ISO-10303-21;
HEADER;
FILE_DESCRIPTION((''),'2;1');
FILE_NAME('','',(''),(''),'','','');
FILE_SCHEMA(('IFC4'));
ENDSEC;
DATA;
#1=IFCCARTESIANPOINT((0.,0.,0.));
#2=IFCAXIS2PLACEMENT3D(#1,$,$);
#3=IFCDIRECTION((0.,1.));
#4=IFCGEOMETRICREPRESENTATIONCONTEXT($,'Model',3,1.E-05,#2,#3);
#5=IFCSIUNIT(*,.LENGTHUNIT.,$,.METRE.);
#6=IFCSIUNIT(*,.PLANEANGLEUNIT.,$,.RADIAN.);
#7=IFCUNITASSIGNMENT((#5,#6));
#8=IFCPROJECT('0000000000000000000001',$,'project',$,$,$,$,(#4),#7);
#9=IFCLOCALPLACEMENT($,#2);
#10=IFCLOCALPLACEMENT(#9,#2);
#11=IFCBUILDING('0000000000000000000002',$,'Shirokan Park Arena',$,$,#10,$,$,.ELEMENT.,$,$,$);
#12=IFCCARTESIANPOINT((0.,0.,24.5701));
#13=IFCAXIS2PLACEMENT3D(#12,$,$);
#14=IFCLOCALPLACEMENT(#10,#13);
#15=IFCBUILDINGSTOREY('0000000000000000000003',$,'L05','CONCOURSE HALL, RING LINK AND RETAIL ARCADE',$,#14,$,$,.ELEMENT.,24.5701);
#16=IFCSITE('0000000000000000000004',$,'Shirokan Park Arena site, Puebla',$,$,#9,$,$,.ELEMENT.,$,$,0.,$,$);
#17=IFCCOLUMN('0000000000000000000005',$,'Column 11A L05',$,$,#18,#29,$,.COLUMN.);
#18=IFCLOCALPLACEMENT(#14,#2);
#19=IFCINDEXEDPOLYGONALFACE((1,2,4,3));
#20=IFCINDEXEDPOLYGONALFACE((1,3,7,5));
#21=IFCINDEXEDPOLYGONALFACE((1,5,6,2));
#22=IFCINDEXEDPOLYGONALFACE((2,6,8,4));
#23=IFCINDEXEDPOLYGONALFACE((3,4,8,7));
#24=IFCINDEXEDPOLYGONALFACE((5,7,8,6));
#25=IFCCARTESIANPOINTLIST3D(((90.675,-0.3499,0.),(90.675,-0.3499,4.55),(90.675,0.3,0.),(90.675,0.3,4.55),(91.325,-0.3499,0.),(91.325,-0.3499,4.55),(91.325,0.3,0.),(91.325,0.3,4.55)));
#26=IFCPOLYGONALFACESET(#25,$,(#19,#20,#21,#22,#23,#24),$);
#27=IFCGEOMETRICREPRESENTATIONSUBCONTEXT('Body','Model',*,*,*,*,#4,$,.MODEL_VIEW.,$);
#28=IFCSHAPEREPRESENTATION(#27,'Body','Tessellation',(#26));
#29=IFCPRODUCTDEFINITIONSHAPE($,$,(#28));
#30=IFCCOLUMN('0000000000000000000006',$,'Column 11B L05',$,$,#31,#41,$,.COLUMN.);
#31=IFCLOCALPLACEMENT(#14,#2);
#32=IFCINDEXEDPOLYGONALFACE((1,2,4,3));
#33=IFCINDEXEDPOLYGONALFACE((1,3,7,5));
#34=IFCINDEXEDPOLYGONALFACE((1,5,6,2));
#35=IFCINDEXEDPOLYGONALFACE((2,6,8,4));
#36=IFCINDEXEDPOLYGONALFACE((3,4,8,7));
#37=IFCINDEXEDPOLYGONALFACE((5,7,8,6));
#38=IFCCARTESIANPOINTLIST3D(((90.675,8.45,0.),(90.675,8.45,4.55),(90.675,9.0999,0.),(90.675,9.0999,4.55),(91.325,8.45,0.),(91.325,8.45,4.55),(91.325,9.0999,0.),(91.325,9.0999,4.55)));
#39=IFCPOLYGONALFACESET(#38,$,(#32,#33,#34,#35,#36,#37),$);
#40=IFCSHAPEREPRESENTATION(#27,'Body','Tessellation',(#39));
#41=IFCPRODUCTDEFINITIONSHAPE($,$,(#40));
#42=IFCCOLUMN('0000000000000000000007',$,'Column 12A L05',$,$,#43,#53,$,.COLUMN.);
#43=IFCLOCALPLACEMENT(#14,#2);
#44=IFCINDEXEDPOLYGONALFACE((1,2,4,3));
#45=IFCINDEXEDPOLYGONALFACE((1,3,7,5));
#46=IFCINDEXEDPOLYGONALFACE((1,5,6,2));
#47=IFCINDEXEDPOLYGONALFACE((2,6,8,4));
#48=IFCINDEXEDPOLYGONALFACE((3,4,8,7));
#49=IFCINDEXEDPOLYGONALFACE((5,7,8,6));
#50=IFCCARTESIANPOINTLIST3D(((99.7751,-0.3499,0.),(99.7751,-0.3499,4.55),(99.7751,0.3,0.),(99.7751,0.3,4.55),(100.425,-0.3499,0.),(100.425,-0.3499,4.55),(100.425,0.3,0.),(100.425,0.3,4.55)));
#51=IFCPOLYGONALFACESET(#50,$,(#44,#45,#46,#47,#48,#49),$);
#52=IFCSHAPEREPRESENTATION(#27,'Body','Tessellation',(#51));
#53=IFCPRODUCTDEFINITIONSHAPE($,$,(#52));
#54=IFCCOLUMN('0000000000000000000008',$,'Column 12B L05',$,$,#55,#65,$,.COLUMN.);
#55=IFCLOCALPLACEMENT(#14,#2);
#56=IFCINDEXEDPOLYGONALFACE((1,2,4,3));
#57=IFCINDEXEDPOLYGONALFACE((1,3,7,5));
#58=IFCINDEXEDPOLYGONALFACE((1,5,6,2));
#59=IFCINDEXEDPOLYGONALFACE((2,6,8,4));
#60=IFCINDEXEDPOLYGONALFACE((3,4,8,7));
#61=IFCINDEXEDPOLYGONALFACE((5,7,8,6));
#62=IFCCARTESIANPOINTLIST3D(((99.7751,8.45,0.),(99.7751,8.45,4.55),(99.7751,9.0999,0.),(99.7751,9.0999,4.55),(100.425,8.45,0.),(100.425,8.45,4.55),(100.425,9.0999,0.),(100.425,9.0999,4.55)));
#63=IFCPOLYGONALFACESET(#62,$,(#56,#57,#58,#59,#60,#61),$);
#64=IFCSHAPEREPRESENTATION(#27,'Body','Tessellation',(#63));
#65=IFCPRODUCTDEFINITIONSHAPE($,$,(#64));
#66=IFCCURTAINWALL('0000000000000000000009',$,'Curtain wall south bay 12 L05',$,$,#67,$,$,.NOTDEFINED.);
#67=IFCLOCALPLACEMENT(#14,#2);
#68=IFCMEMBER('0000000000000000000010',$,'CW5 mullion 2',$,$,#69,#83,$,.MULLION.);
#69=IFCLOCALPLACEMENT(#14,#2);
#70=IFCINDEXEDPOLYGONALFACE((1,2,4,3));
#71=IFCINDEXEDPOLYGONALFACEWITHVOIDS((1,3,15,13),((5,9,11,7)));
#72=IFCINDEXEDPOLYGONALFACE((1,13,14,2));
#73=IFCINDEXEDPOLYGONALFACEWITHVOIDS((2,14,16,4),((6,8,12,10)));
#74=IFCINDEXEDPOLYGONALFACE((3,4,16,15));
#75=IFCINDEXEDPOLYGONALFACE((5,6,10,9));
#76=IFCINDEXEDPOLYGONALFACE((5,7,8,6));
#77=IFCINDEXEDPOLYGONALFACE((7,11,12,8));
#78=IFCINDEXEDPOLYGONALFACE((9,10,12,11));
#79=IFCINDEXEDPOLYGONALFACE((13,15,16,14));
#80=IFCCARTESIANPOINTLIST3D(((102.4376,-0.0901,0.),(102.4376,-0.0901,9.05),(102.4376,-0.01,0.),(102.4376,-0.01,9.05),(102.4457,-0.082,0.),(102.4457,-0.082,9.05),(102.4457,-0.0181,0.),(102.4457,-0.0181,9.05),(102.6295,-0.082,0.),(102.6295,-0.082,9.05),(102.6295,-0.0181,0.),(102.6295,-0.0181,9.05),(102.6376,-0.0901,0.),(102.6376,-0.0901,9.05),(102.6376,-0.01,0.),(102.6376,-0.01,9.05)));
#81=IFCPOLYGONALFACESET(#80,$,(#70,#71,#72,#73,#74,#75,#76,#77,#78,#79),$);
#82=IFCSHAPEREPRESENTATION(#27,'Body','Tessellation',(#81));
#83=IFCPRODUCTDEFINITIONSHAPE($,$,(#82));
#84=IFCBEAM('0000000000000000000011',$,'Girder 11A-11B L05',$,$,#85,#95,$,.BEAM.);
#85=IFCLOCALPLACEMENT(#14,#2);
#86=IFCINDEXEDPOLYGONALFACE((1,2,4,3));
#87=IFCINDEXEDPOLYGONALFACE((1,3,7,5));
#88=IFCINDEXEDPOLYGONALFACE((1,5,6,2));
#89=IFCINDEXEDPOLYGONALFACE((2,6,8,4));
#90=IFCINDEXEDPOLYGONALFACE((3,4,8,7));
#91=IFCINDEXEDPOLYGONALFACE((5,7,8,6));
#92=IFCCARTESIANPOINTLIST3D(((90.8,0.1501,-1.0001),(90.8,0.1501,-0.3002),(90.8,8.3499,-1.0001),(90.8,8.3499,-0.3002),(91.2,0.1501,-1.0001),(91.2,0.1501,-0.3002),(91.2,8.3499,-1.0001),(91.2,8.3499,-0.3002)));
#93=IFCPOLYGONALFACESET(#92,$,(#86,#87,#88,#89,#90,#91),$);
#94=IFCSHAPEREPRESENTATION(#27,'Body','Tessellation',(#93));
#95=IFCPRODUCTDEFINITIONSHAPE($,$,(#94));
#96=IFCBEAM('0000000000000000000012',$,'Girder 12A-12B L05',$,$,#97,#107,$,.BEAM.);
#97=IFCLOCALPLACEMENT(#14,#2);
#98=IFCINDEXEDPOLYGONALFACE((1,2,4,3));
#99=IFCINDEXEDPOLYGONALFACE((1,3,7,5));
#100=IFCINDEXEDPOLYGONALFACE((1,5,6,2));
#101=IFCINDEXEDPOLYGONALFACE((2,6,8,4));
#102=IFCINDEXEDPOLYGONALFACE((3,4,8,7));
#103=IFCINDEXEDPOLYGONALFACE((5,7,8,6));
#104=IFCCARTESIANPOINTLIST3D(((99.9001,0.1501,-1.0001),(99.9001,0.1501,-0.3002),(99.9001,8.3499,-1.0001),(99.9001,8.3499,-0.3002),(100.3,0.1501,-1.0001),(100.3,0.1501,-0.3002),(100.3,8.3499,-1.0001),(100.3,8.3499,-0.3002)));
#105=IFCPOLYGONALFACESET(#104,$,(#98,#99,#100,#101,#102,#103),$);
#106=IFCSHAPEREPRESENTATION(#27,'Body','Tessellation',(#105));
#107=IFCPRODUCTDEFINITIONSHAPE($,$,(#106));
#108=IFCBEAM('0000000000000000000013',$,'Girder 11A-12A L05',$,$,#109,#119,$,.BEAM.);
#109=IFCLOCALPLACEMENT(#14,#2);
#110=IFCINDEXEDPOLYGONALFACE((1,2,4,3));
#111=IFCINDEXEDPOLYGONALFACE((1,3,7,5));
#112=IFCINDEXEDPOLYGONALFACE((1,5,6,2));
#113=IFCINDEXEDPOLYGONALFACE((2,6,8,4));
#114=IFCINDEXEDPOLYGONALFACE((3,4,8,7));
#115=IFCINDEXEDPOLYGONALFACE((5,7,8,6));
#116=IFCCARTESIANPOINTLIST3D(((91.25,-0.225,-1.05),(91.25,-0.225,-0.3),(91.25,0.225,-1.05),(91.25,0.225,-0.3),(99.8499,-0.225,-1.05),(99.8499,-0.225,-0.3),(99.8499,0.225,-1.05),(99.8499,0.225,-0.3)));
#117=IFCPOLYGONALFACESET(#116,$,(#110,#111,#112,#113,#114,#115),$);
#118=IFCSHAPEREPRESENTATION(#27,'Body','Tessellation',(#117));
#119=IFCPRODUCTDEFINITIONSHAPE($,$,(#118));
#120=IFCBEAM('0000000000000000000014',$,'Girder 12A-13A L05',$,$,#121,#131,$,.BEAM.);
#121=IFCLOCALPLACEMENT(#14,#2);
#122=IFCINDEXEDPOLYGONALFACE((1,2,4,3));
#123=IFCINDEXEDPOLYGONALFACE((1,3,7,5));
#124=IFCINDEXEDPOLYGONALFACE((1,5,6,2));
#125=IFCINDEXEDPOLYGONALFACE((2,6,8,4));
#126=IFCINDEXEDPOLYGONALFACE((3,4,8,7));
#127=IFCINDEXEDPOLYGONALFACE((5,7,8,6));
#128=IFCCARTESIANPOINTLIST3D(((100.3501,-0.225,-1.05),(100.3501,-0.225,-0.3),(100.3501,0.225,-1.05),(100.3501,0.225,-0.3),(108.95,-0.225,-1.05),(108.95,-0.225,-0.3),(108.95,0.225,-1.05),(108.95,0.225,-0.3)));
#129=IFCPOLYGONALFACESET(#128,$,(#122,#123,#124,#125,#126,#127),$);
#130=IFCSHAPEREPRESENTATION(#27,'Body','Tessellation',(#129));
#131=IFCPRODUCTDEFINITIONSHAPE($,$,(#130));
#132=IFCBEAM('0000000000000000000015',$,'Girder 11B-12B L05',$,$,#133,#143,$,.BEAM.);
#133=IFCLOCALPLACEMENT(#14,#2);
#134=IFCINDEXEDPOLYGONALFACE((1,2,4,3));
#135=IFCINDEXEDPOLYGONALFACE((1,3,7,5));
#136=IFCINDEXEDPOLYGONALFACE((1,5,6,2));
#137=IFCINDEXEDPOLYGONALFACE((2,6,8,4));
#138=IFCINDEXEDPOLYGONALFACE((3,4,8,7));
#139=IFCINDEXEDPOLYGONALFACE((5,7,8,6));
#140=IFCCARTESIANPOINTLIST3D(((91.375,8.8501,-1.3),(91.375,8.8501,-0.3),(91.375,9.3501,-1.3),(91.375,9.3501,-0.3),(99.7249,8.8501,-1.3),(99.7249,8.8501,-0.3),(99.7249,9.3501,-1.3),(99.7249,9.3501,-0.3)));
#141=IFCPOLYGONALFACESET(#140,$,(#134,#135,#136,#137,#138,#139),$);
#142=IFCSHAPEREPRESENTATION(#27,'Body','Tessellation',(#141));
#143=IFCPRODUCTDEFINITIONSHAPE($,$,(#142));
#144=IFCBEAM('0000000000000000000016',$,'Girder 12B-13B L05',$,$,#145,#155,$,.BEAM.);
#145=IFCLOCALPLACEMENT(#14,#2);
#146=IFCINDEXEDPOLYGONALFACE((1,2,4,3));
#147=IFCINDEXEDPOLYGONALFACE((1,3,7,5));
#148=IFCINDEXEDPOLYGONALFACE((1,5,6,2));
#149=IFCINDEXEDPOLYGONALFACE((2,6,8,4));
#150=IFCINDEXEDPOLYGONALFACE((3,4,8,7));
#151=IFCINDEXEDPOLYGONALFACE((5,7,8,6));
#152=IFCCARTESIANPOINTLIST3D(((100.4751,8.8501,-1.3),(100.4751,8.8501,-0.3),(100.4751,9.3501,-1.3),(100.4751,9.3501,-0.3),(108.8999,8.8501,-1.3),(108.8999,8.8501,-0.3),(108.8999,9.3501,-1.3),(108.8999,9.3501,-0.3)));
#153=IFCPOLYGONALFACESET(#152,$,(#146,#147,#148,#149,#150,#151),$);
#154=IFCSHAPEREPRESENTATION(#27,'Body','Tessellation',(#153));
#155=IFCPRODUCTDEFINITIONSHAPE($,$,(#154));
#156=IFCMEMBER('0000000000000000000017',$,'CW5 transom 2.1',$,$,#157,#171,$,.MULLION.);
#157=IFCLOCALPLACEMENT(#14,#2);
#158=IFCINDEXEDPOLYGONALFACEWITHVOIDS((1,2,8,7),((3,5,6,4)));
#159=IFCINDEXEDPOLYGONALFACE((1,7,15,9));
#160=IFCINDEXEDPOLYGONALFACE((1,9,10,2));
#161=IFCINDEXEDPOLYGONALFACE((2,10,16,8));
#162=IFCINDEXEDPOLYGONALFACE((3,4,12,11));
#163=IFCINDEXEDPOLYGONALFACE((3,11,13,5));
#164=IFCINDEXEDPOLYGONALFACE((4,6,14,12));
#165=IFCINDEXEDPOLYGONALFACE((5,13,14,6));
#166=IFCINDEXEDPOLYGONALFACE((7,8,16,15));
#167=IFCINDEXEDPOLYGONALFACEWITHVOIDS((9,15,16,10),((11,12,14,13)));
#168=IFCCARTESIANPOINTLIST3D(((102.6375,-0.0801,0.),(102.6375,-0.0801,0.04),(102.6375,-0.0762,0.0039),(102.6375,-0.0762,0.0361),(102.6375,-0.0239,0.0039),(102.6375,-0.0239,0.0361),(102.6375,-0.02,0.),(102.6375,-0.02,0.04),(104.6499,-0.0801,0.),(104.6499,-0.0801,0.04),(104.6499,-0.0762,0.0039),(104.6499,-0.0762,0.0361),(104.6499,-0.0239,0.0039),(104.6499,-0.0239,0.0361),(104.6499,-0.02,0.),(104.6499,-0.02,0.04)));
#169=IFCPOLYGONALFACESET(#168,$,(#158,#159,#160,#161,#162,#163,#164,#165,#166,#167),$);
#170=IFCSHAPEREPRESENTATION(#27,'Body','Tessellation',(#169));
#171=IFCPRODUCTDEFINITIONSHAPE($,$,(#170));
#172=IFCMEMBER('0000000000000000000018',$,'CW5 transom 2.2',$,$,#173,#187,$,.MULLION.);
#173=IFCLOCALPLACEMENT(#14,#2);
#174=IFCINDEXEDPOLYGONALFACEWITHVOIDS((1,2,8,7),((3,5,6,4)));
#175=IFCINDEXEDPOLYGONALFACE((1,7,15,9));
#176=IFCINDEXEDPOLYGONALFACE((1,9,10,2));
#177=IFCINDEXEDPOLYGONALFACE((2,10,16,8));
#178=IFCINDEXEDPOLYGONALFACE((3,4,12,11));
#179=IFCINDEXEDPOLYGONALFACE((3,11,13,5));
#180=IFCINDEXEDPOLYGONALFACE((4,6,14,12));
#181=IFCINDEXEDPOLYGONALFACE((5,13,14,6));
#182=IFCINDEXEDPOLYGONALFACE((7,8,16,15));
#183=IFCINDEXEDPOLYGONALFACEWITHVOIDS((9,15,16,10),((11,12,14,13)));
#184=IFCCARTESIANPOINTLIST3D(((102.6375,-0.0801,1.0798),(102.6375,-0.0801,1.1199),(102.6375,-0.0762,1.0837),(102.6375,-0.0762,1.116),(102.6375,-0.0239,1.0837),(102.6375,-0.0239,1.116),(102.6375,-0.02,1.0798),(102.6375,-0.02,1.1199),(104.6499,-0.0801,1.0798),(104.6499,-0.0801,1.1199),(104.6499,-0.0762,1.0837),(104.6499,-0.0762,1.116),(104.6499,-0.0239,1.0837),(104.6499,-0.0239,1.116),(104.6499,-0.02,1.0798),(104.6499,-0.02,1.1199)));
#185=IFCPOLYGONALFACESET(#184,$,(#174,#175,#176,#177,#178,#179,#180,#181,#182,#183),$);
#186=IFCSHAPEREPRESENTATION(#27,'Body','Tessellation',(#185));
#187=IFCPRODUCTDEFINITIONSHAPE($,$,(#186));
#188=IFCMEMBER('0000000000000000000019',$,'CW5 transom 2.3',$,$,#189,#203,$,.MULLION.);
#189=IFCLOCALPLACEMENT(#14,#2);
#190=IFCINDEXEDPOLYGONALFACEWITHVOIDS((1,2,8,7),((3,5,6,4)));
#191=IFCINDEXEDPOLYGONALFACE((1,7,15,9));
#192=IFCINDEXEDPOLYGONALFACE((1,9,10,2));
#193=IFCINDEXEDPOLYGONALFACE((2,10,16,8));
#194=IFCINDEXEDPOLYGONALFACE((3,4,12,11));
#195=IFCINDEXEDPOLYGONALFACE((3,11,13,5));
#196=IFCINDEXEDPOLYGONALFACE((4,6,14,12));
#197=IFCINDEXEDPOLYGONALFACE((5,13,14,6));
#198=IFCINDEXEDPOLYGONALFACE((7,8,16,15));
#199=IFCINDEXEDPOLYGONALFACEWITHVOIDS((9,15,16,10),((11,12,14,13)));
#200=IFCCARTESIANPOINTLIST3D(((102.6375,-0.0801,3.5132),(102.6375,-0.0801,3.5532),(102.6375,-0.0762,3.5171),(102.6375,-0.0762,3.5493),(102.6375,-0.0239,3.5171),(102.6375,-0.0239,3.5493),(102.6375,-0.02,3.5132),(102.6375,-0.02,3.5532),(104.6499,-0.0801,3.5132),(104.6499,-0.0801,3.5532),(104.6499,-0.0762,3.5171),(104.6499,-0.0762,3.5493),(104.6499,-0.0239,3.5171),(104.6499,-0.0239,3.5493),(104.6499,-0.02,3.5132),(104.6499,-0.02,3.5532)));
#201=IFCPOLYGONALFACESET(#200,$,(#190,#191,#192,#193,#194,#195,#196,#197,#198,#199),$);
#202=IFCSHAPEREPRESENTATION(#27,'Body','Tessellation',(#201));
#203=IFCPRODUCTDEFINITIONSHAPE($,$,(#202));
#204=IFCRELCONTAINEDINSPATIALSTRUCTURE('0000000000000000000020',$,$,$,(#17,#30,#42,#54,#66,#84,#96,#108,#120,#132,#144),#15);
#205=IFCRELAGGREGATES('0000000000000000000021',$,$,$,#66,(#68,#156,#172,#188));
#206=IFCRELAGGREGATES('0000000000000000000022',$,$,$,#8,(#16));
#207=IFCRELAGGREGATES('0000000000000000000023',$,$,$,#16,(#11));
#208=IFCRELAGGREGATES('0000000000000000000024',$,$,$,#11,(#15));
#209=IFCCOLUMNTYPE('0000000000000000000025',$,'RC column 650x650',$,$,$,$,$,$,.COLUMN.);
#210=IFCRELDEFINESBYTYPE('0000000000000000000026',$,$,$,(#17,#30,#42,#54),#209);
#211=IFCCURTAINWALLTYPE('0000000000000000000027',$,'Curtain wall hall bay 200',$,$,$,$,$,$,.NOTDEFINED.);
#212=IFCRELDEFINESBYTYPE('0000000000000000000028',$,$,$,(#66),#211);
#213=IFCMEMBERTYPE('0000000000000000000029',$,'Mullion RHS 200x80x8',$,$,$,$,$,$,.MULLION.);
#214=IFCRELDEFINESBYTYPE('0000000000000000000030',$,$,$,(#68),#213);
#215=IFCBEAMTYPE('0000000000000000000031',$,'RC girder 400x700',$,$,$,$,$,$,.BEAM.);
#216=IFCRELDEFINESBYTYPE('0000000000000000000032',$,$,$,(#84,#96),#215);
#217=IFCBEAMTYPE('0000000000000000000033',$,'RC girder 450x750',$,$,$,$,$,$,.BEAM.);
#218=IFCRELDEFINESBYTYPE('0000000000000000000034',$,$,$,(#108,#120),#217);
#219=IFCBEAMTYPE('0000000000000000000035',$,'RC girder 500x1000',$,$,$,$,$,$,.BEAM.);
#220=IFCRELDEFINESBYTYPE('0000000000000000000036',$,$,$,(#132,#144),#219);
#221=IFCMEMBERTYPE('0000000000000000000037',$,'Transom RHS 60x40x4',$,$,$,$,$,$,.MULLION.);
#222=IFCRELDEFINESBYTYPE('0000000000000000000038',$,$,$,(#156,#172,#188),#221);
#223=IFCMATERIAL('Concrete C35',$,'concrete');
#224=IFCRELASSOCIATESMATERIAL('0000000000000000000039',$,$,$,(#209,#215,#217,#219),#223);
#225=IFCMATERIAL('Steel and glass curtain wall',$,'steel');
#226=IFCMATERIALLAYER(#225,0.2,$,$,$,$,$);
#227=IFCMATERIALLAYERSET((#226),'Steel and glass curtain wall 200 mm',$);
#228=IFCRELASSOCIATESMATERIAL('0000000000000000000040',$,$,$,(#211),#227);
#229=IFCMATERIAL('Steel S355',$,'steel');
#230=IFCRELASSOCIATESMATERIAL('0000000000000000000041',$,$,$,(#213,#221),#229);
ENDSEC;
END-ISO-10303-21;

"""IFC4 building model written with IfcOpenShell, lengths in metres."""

from ifc_helpers import new_model, si_unit, direction, frame, origin, origin_2d, place, context, subcontext, project, spatial, rectangle, hollow_rectangle, extrude, material, layer, layer_set, material_profile, profile_set, type_object, element, aggregate, save


model = new_model("IFC4")

# Units and contexts
model_context = context("Model", 3, precision=1e-05, world=origin(), true_north=direction((0.0, 1.0)))
body_context = subcontext(model_context, "Body", "Model", "MODEL_VIEW")
ifc_project = project(units=[si_unit("LENGTHUNIT", "METRE"), si_unit("PLANEANGLEUNIT", "RADIAN")], contexts=[model_context])

# Site, building, storey
site_placement = place(None, origin())
site = spatial("IfcSite", under=ifc_project, at=site_placement, Name="Shirokan Park Arena site, Puebla", CompositionType="ELEMENT", RefElevation=0.0)
building_placement = place(site_placement, origin())
building = spatial("IfcBuilding", under=site, at=building_placement, Name="Shirokan Park Arena", CompositionType="ELEMENT")
storey_placement = place(building_placement, frame((0.0, 0.0, 24.5701)))
storey = spatial("IfcBuildingStorey", under=building, at=storey_placement, Name="L05", Description="CONCOURSE HALL, RING LINK AND RETAIL ARCADE", CompositionType="ELEMENT", Elevation=24.5701)

# Columns
ifc_material_1 = material(Name="Concrete C35", Category="concrete")
ifc_material_profile_1 = material_profile(ifc_material_1, rectangle(XDim=0.6499, YDim=0.6499, at=origin_2d()), Name="650x650")
ifc_profile_set_1 = profile_set([ifc_material_profile_1], Name="Concrete C35")
column_type = type_object("IfcColumnType", Name="RC column 650x650", PredefinedType="COLUMN", material=ifc_profile_set_1)
for number, where, z_axis, x_axis, name in (
    (1, (91.0, -0.0249, 0.0), (0.0, 0.0, 1.0), (1.0, 0.0, 0.0), "Column 11A L05"),
    (2, (91.0, 8.7749, 0.0), (0.0, 0.0, 1.0), (1.0, 0.0, 0.0), "Column 11B L05"),
    (3, (100.1001, -0.0249, 0.0), (0.0, 0.0, 1.0), (1.0, 0.0, 0.0), "Column 12A L05"),
    (4, (100.1001, 8.7749, 0.0), (0.0, 0.0, 1.0), (1.0, 0.0, 0.0), "Column 12B L05"),
):
    element("IfcColumn", number, at=place(storey_placement, frame(where, z_axis=z_axis, x_axis=x_axis)), inside=storey, type_object=column_type, Name=name, PredefinedType="COLUMN", context=body_context, shape_type="SweptSolid", body=[
        extrude(rectangle(XDim=0.6499, YDim=0.6499, at=origin_2d()), origin(), (0.0, 0.0, 1.0), 4.55),
    ])

# Curtain wall, member
ifc_material_2 = material(Name="Steel and glass curtain wall", Category="steel")
ifc_layer_1 = layer(ifc_material_2, 0.2)
ifc_layer_set_1 = layer_set([ifc_layer_1], Name="Steel and glass curtain wall 200 mm")
curtain_wall_type = type_object("IfcCurtainWallType", Name="Curtain wall hall bay 200", PredefinedType="NOTDEFINED", material=ifc_layer_set_1)
curtain_wall_placement = place(storey_placement, origin())
curtain_wall = element("IfcCurtainWall", 5, at=curtain_wall_placement, inside=storey, type_object=curtain_wall_type, Name="Curtain wall south bay 12 L05", PredefinedType="NOTDEFINED")
ifc_material_3 = material(Name="Steel S355", Category="steel")
ifc_material_profile_2 = material_profile(ifc_material_3, hollow_rectangle(XDim=0.0801, YDim=0.2, WallThickness=0.0081, at=origin_2d()), Name="RHS 200x80x8")
ifc_profile_set_2 = profile_set([ifc_material_profile_2], Name="Steel S355")
member_type_1 = type_object("IfcMemberType", Name="Mullion RHS 200x80x8", PredefinedType="MULLION", material=ifc_profile_set_2)
member_1_placement = place(storey_placement, frame((102.5376, -0.05, 0.0), z_axis=(0.0, 0.0, 1.0), x_axis=(0.0, 1.0, 0.0)))
member_1 = element("IfcMember", 6, at=member_1_placement, type_object=member_type_1, Name="CW5 mullion 2", PredefinedType="MULLION", context=body_context, shape_type="SweptSolid", body=[
    extrude(hollow_rectangle(XDim=0.0801, YDim=0.2, WallThickness=0.0081, at=origin_2d()), origin(), (0.0, 0.0, 1.0), 9.05),
])

# Beams
ifc_material_profile_3 = material_profile(ifc_material_1, rectangle(XDim=0.3999, YDim=0.7, at=origin_2d()), Name="400x700")
ifc_profile_set_3 = profile_set([ifc_material_profile_3], Name="Concrete C35")
beam_type_1 = type_object("IfcBeamType", Name="RC girder 400x700", PredefinedType="BEAM", material=ifc_profile_set_3)
for number, where, z_axis, x_axis, name in (
    (7, (91.0, 0.1501, -0.6501), (0.0, 1.0, 0.0), (-1.0, 0.0, 0.0), "Girder 11A-11B L05"),
    (8, (100.1001, 0.1501, -0.6501), (0.0, 1.0, 0.0), (-1.0, 0.0, 0.0), "Girder 12A-12B L05"),
):
    element("IfcBeam", number, at=place(storey_placement, frame(where, z_axis=z_axis, x_axis=x_axis)), inside=storey, type_object=beam_type_1, Name=name, PredefinedType="BEAM", context=body_context, shape_type="SweptSolid", body=[
        extrude(rectangle(XDim=0.3999, YDim=0.7, at=origin_2d()), origin(), (0.0, 0.0, 1.0), 8.1997),
    ])
ifc_material_profile_4 = material_profile(ifc_material_1, rectangle(XDim=0.45, YDim=0.75, at=origin_2d()), Name="450x750")
ifc_profile_set_4 = profile_set([ifc_material_profile_4], Name="Concrete C35")
beam_type_2 = type_object("IfcBeamType", Name="RC girder 450x750", PredefinedType="BEAM", material=ifc_profile_set_4)
for number, where, z_axis, x_axis, name in (
    (9, (91.25, 0.0, -0.675), (1.0, 0.0, 0.0), (0.0, 1.0, 0.0), "Girder 11A-12A L05"),
    (10, (100.3501, 0.0, -0.675), (1.0, 0.0, 0.0), (0.0, 1.0, 0.0), "Girder 12A-13A L05"),
):
    element("IfcBeam", number, at=place(storey_placement, frame(where, z_axis=z_axis, x_axis=x_axis)), inside=storey, type_object=beam_type_2, Name=name, PredefinedType="BEAM", context=body_context, shape_type="SweptSolid", body=[
        extrude(rectangle(XDim=0.45, YDim=0.75, at=origin_2d()), origin(), (0.0, 0.0, 1.0), 8.5999),
    ])
ifc_material_profile_5 = material_profile(ifc_material_1, rectangle(XDim=0.5, YDim=1.0, at=origin_2d()), Name="500x1000")
ifc_profile_set_5 = profile_set([ifc_material_profile_5], Name="Concrete C35")
beam_type_3 = type_object("IfcBeamType", Name="RC girder 500x1000", PredefinedType="BEAM", material=ifc_profile_set_5)
beam_1_placement = place(storey_placement, frame((91.375, 9.1001, -0.8), z_axis=(1.0, 0.0, 0.0), x_axis=(0.0, 1.0, 0.0)))
element("IfcBeam", 11, at=beam_1_placement, inside=storey, type_object=beam_type_3, Name="Girder 11B-12B L05", PredefinedType="BEAM", context=body_context, shape_type="SweptSolid", body=[
    extrude(rectangle(XDim=0.5, YDim=1.0, at=origin_2d()), origin(), (0.0, 0.0, 1.0), 8.3499),
])
beam_2_placement = place(storey_placement, frame((100.4751, 9.1001, -0.8), z_axis=(1.0, 0.0, 0.0), x_axis=(0.0, 1.0, 0.0)))
element("IfcBeam", 12, at=beam_2_placement, inside=storey, type_object=beam_type_3, Name="Girder 12B-13B L05", PredefinedType="BEAM", context=body_context, shape_type="SweptSolid", body=[
    extrude(rectangle(XDim=0.5, YDim=1.0, at=origin_2d()), origin(), (0.0, 0.0, 1.0), 8.4248),
])

# Members
ifc_material_profile_6 = material_profile(ifc_material_3, hollow_rectangle(XDim=0.0601, YDim=0.04, WallThickness=0.0039, at=origin_2d()), Name="RHS 60x40x4")
ifc_profile_set_6 = profile_set([ifc_material_profile_6], Name="Steel S355")
member_type_2 = type_object("IfcMemberType", Name="Transom RHS 60x40x4", PredefinedType="MULLION", material=ifc_profile_set_6)
member_2_placement = place(storey_placement, frame((102.6375, -0.05, 0.02), z_axis=(1.0, 0.0, 0.0), x_axis=(0.0, 1.0, 0.0)))
member_2 = element("IfcMember", 13, at=member_2_placement, type_object=member_type_2, Name="CW5 transom 2.1", PredefinedType="MULLION", context=body_context, shape_type="SweptSolid", body=[
    extrude(hollow_rectangle(XDim=0.0601, YDim=0.04, WallThickness=0.0039, at=origin_2d()), origin(), (0.0, 0.0, 1.0), 2.0125),
])
member_3_placement = place(storey_placement, frame((102.6375, -0.05, 1.0999), z_axis=(1.0, 0.0, 0.0), x_axis=(0.0, 1.0, 0.0)))
member_3 = element("IfcMember", 14, at=member_3_placement, type_object=member_type_2, Name="CW5 transom 2.2", PredefinedType="MULLION", context=body_context, shape_type="SweptSolid", body=[
    extrude(hollow_rectangle(XDim=0.0601, YDim=0.04, WallThickness=0.0039, at=origin_2d()), origin(), (0.0, 0.0, 1.0), 2.0125),
])
member_4_placement = place(storey_placement, frame((102.6375, -0.05, 3.5332), z_axis=(1.0, 0.0, 0.0), x_axis=(0.0, 1.0, 0.0)))
member_4 = element("IfcMember", 15, at=member_4_placement, type_object=member_type_2, Name="CW5 transom 2.3", PredefinedType="MULLION", context=body_context, shape_type="SweptSolid", body=[
    extrude(hollow_rectangle(XDim=0.0601, YDim=0.04, WallThickness=0.0039, at=origin_2d()), origin(), (0.0, 0.0, 1.0), 2.0125),
])

aggregate(curtain_wall, [member_1, member_2, member_3, member_4])

save(model, "model.ifc")
